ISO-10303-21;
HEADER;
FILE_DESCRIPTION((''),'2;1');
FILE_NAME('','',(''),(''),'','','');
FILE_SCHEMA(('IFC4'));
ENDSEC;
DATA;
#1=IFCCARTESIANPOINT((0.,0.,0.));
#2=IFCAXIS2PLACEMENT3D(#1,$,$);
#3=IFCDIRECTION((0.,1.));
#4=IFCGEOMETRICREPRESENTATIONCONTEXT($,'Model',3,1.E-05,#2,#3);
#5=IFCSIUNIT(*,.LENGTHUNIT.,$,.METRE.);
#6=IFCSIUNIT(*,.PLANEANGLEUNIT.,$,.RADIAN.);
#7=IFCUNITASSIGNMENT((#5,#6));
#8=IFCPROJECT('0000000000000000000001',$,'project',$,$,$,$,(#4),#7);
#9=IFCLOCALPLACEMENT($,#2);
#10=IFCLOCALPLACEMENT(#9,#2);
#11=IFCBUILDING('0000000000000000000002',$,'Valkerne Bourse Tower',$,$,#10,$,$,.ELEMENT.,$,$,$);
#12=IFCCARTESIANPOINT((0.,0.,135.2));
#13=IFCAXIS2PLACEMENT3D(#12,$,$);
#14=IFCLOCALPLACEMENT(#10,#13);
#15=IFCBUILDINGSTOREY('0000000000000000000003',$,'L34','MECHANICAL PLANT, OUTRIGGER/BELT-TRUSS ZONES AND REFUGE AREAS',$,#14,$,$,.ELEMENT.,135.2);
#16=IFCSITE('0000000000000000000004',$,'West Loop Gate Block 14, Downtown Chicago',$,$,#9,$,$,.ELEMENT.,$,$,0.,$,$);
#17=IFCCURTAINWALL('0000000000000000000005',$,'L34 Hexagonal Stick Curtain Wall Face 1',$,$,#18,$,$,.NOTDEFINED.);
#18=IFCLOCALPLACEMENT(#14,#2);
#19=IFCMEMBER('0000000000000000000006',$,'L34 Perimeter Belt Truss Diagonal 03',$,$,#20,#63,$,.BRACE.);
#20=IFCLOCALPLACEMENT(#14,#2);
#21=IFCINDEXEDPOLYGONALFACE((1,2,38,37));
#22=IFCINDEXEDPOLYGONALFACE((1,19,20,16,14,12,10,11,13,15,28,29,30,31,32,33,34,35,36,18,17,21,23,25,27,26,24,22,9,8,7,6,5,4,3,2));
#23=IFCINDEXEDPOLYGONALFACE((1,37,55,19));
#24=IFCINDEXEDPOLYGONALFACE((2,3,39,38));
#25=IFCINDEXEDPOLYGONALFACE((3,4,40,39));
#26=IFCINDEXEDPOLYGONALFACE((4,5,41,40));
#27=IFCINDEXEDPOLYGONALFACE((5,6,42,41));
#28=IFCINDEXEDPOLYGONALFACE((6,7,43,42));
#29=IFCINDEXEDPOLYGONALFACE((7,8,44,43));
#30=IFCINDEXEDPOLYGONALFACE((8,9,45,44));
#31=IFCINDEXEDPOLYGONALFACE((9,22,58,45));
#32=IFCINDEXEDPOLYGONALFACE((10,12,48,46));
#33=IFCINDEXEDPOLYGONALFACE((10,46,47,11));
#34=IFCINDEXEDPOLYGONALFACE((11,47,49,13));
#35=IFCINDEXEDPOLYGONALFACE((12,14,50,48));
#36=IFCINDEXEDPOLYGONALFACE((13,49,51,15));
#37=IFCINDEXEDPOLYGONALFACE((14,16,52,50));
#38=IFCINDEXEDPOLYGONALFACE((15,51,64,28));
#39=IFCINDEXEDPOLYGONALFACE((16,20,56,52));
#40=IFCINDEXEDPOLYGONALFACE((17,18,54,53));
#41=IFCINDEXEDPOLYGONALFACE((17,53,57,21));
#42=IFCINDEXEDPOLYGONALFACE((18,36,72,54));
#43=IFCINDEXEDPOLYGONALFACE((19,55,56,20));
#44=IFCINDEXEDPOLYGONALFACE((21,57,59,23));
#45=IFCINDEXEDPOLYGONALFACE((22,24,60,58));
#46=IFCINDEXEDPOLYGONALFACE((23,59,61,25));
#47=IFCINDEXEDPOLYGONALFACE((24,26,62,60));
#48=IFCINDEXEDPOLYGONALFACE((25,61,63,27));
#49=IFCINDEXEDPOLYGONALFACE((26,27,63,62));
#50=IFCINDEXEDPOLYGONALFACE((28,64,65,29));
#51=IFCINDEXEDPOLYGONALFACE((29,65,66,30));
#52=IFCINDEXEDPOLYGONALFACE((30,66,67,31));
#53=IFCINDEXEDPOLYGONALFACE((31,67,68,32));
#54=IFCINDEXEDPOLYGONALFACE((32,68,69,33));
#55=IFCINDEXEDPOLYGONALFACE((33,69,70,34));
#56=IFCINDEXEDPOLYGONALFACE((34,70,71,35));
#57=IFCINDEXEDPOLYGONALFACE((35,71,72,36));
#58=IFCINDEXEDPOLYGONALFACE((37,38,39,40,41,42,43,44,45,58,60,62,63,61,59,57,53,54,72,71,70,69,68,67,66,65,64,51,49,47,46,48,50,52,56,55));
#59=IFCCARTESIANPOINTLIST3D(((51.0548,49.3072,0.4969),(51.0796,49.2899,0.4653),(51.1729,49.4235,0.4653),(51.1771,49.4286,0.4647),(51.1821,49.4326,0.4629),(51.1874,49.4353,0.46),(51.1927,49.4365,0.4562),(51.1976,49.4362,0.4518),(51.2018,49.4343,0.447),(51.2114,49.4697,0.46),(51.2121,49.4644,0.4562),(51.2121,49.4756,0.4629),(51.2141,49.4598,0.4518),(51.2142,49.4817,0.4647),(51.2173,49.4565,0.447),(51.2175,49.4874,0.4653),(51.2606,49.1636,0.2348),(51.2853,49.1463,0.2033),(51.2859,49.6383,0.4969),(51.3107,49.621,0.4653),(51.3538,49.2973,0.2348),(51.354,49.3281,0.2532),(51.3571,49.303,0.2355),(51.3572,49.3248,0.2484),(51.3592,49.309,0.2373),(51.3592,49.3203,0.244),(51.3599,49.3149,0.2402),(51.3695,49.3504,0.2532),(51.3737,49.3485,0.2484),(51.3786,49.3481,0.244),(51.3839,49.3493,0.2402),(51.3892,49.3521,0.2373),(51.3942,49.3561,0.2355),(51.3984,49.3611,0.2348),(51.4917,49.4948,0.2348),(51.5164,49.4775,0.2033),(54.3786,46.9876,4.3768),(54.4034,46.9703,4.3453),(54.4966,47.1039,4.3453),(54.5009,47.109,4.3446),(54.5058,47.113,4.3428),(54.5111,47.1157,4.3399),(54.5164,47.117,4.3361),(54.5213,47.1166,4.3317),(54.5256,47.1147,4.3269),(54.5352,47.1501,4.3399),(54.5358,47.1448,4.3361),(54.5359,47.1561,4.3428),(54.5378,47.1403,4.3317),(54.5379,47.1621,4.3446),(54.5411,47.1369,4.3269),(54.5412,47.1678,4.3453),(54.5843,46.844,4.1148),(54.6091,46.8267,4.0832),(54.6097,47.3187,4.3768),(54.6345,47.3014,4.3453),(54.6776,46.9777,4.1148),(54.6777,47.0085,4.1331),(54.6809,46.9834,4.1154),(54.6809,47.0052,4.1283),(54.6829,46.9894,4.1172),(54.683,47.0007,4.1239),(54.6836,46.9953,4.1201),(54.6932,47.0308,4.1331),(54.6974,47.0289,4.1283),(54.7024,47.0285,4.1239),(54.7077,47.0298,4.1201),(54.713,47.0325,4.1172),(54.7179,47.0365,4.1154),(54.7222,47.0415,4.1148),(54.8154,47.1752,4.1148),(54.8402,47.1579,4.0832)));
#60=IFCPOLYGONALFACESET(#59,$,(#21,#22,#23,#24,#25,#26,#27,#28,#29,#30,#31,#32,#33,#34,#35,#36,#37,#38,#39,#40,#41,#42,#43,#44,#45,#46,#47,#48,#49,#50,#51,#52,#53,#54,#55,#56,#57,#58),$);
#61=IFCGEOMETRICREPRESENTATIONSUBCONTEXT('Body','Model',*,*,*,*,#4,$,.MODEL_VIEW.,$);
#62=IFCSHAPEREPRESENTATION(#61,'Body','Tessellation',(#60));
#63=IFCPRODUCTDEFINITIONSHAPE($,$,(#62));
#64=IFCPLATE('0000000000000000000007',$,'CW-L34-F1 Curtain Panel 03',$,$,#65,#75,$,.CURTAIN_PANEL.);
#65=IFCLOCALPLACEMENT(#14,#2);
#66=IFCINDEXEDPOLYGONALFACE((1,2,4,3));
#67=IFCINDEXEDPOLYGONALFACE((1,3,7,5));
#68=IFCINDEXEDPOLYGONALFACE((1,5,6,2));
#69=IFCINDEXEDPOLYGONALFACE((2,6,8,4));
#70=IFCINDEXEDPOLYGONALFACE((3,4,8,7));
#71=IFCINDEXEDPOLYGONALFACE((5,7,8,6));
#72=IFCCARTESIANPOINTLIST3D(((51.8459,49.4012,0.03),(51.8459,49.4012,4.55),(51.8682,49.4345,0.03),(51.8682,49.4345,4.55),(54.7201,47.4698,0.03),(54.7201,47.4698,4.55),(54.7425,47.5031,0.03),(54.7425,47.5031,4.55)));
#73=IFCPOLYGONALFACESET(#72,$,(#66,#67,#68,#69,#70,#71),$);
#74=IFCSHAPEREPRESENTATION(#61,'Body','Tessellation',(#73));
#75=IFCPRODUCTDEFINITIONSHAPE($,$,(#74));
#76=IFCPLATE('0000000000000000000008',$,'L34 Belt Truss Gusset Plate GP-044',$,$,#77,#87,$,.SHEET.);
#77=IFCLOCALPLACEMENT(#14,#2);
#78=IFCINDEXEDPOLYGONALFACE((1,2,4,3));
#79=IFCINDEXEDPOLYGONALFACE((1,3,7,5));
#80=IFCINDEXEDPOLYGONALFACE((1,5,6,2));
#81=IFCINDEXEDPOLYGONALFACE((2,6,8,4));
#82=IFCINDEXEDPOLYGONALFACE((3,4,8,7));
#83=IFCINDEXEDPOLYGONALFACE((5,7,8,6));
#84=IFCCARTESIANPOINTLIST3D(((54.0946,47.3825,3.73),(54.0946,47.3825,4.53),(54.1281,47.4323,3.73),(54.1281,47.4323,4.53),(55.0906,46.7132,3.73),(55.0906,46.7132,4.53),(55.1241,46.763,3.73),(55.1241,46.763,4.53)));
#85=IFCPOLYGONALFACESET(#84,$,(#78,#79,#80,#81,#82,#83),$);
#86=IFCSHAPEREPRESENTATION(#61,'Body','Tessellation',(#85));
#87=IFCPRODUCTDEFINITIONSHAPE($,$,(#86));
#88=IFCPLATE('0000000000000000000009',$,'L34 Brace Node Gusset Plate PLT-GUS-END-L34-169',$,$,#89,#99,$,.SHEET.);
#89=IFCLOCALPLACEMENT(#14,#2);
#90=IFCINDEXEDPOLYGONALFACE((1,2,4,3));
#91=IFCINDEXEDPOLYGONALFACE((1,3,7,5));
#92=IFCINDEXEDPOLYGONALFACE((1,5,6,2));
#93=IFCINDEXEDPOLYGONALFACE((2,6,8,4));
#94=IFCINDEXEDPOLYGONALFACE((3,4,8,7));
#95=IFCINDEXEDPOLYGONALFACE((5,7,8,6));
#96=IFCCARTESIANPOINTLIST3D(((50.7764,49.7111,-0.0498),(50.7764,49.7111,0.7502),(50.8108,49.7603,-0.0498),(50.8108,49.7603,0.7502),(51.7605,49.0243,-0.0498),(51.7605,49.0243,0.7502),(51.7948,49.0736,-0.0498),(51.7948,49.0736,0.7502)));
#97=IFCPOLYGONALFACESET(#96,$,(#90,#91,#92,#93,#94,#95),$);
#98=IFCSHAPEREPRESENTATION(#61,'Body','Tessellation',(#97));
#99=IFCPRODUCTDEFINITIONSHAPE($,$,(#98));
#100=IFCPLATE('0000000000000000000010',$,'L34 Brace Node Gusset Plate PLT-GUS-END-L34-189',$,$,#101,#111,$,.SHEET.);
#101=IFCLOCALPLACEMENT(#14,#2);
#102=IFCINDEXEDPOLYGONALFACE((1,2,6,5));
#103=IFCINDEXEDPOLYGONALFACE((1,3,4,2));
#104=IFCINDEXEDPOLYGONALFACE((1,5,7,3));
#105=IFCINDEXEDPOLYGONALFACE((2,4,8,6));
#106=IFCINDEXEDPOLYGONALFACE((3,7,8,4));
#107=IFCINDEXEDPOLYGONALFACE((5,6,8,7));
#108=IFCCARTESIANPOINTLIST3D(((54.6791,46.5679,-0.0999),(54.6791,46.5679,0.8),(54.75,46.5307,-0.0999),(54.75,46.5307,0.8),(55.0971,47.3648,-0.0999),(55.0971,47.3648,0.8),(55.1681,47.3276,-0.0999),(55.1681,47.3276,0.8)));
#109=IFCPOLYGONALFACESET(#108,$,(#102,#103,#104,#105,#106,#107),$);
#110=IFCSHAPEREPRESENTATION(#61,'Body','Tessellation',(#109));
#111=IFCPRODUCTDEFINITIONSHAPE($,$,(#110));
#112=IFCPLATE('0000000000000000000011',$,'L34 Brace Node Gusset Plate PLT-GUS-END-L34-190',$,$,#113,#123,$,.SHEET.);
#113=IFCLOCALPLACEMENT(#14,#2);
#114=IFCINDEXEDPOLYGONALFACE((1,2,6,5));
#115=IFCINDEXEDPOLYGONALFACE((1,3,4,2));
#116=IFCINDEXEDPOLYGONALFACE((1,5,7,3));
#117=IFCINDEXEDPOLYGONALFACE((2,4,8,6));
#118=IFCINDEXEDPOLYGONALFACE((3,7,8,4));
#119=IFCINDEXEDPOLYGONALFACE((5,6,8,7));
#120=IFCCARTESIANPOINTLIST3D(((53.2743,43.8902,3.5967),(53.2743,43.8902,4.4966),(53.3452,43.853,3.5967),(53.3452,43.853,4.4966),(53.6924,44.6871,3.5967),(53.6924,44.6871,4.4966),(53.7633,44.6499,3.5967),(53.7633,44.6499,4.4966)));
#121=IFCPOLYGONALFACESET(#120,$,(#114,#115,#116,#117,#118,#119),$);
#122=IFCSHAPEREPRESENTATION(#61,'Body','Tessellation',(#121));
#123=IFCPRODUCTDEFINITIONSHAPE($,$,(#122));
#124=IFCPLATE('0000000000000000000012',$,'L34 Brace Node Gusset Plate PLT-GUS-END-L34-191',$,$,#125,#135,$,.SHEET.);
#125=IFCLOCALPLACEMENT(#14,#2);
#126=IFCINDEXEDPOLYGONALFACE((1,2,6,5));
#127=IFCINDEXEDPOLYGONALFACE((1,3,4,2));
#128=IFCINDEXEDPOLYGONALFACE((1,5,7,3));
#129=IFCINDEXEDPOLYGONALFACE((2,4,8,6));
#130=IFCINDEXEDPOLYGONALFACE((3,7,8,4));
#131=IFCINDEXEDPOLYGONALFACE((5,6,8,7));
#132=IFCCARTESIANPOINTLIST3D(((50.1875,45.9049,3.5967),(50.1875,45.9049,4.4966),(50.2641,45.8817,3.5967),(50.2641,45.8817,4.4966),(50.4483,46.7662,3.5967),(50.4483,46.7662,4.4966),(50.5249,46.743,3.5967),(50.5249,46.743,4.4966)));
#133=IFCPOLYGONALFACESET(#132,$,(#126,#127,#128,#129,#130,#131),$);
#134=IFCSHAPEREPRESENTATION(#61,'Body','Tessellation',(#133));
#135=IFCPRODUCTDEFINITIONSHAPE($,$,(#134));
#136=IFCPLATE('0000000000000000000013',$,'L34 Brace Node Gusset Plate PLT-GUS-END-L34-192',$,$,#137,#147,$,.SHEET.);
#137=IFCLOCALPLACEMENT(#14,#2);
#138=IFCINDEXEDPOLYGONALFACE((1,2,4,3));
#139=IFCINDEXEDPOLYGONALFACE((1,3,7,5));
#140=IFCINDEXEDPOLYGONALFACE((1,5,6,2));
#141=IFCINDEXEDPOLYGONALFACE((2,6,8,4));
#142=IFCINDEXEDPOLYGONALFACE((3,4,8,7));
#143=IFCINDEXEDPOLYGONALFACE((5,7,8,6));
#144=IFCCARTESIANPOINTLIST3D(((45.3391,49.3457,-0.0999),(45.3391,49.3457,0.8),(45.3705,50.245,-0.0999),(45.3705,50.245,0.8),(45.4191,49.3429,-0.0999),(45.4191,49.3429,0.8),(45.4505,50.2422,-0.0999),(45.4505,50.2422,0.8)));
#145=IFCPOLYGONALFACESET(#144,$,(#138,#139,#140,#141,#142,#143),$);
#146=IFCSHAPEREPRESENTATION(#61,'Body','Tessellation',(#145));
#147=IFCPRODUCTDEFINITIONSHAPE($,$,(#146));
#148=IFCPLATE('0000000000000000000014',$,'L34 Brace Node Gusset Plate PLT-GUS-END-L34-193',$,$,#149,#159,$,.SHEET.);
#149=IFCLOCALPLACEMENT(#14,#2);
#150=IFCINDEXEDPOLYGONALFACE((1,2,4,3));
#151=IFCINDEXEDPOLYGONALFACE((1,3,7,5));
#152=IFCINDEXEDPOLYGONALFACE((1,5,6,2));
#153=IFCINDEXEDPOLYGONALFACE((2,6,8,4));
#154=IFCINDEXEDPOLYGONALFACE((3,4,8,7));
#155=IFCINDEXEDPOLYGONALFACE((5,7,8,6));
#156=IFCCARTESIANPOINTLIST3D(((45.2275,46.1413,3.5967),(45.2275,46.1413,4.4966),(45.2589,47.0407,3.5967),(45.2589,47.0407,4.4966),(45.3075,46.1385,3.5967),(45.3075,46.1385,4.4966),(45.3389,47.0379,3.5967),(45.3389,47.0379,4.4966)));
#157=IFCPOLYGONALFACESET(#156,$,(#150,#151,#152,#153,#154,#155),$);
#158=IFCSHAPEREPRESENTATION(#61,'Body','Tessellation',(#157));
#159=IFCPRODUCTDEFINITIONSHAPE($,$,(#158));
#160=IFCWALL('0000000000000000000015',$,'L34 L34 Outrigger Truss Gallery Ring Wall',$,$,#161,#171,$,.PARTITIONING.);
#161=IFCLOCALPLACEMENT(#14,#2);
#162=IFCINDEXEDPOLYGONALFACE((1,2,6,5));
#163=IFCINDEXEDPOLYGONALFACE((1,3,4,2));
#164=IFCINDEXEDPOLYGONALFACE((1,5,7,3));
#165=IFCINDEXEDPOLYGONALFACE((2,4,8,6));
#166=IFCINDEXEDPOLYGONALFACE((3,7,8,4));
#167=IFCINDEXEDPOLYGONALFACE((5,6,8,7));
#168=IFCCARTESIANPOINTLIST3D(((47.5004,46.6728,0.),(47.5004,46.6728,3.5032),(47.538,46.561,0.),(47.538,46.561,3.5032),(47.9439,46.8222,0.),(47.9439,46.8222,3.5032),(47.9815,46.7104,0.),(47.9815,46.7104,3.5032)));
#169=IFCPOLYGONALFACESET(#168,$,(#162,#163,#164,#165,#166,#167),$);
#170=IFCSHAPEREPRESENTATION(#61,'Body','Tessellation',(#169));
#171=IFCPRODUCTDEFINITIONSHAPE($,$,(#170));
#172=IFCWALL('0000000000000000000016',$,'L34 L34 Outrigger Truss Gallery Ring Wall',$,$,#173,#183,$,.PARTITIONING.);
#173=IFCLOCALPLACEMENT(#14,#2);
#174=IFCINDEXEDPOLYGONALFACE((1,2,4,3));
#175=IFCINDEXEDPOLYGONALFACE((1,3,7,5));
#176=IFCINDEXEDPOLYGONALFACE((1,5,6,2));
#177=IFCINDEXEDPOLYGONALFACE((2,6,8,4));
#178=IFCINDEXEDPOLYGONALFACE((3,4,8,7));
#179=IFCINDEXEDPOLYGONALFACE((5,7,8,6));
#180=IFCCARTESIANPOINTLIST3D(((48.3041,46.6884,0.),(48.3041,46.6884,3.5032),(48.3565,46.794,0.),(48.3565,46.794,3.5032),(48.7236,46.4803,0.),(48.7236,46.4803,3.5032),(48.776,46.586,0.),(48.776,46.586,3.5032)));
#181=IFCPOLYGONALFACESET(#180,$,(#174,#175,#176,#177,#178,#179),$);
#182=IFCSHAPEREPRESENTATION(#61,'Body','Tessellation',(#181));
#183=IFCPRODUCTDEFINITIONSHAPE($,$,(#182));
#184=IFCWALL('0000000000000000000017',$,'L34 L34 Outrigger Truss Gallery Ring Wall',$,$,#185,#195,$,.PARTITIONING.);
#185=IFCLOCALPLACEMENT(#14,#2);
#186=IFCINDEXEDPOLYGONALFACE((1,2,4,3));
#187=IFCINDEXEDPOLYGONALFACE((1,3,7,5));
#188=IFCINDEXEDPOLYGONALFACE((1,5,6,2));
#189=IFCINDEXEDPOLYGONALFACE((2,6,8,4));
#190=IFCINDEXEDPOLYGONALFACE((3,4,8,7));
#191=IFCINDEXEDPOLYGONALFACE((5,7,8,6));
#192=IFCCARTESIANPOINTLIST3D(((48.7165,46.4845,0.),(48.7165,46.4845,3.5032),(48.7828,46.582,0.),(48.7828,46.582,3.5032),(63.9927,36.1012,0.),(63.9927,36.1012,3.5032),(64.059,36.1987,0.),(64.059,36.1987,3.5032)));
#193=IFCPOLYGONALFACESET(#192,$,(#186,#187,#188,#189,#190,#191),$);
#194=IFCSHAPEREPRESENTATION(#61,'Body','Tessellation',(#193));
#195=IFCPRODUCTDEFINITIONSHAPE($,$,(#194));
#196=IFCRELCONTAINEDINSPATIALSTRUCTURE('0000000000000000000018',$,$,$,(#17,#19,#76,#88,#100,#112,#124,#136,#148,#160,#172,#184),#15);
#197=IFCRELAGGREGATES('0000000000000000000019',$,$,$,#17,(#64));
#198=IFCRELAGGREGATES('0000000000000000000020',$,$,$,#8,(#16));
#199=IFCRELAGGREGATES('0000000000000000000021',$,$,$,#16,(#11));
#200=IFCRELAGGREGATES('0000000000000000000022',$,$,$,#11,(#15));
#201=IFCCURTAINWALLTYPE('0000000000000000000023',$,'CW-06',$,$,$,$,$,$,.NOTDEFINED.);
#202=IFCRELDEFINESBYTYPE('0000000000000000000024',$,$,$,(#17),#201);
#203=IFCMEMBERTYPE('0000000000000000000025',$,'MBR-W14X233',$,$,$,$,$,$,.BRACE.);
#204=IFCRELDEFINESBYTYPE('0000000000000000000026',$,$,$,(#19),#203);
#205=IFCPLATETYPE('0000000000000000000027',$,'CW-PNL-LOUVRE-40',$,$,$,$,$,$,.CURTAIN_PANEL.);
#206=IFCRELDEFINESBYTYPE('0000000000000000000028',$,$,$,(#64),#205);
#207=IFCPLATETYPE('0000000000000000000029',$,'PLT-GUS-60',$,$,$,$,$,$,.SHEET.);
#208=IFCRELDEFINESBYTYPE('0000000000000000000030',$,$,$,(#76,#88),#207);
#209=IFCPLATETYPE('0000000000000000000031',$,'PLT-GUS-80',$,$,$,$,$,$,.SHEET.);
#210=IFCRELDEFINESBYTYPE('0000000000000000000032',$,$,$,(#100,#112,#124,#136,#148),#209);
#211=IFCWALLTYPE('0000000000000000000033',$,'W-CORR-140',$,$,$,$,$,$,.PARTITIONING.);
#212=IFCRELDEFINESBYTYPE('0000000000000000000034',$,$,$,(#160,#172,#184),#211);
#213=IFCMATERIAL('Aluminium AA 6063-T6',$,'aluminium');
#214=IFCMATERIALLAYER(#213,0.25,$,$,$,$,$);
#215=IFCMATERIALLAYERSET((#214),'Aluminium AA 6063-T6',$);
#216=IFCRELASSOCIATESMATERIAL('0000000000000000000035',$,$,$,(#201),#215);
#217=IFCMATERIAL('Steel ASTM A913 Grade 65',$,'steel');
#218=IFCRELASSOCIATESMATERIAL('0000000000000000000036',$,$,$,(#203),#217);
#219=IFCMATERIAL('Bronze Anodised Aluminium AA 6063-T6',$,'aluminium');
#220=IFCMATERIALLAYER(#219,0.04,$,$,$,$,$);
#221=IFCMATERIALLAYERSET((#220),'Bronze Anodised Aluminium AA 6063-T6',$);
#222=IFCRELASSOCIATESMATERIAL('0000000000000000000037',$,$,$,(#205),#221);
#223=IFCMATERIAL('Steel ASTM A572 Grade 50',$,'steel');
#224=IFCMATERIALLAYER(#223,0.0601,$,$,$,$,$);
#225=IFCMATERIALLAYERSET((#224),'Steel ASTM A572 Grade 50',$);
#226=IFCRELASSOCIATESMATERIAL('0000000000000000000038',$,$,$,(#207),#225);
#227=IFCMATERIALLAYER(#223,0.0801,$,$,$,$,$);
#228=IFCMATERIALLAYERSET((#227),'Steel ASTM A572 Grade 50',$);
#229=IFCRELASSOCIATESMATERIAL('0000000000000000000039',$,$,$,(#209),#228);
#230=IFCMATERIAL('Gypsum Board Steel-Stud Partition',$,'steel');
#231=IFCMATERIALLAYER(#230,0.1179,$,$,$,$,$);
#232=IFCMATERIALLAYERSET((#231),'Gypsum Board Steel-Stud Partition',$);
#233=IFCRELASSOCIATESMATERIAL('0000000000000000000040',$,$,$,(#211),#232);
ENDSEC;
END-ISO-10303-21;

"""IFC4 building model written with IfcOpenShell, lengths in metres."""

from ifc_helpers import new_model, si_unit, direction, frame, frame_2d, origin, origin_2d, place, context, subcontext, project, spatial, rectangle, i_section, extrude, material, layer, layer_set, material_profile, profile_set, type_object, element, aggregate, save


model = new_model("IFC4")

# Units and contexts
model_context = context("Model", 3, precision=1e-05, world=origin(), true_north=direction((0.0, 1.0)))
body_context = subcontext(model_context, "Body", "Model", "MODEL_VIEW")
ifc_project = project(units=[si_unit("LENGTHUNIT", "METRE"), si_unit("PLANEANGLEUNIT", "RADIAN")], contexts=[model_context])

# Site, building, storey
site_placement = place(None, origin())
site = spatial("IfcSite", under=ifc_project, at=site_placement, Name="West Loop Gate Block 14, Downtown Chicago", CompositionType="ELEMENT", RefElevation=0.0)
building_placement = place(site_placement, origin())
building = spatial("IfcBuilding", under=site, at=building_placement, Name="Valkerne Bourse Tower", CompositionType="ELEMENT")
storey_placement = place(building_placement, frame((0.0, 0.0, 135.2)))
storey = spatial("IfcBuildingStorey", under=building, at=storey_placement, Name="L34", Description="MECHANICAL PLANT, OUTRIGGER/BELT-TRUSS ZONES AND REFUGE AREAS", CompositionType="ELEMENT", Elevation=135.2)

# Shared definitions
ifc_material_1 = material(Name="Steel ASTM A913 Grade 65", Category="steel")

# Curtain wall
ifc_material_2 = material(Name="Aluminium AA 6063-T6", Category="aluminium")
ifc_layer_1 = layer(ifc_material_2, 0.25)
ifc_layer_set_1 = layer_set([ifc_layer_1], Name="Aluminium AA 6063-T6")
curtain_wall_type = type_object("IfcCurtainWallType", Name="CW-06", PredefinedType="NOTDEFINED", material=ifc_layer_set_1)
curtain_wall_1_placement = place(storey_placement, origin())
curtain_wall_1 = element("IfcCurtainWall", 1, at=curtain_wall_1_placement, inside=storey, type_object=curtain_wall_type, Name="L34 Hexagonal Stick Curtain Wall Face 1", PredefinedType="NOTDEFINED")

# Member
ifc_material_profile_1 = material_profile(ifc_material_1, i_section(OverallWidth=0.4038, OverallDepth=0.4065, WebThickness=0.0271, FlangeThickness=0.0437, FilletRadius=0.0254, at=origin_2d()), Name="W14X233")
ifc_profile_set_1 = profile_set([ifc_material_profile_1], Name="Steel ASTM A913 Grade 65")
member_type_1 = type_object("IfcMemberType", Name="MBR-W14X233", PredefinedType="BRACE", material=ifc_profile_set_1)
member_1_placement = place(storey_placement, frame((51.2856, 49.3923, 0.3501), z_axis=(0.59238, -0.413413, 0.691502), x_axis=(0.572297, 0.820046, 0.0)))
element("IfcMember", 2, at=member_1_placement, inside=storey, type_object=member_type_1, Name="L34 Perimeter Belt Truss Diagonal 03", PredefinedType="BRACE", context=body_context, shape_type="SweptSolid", body=[
    extrude(i_section(OverallWidth=0.4038, OverallDepth=0.4065, WebThickness=0.0271, FlangeThickness=0.0437, FilletRadius=0.0254, at=origin_2d()), origin(), (0.0, 0.0, 1.0), 5.6108),
])

# Plate
ifc_material_3 = material(Name="Bronze Anodised Aluminium AA 6063-T6", Category="aluminium")
ifc_layer_2 = layer(ifc_material_3, 0.04)
ifc_layer_set_2 = layer_set([ifc_layer_2], Name="Bronze Anodised Aluminium AA 6063-T6")
plate_type_1 = type_object("IfcPlateType", Name="CW-PNL-LOUVRE-40", PredefinedType="CURTAIN_PANEL", material=ifc_layer_set_2)
plate_placement = place(storey_placement, frame((53.2942, 48.4521, 0.03), z_axis=(0.0, 0.0, 1.0), x_axis=(-0.830009, 0.55775, 0.0)))
plate = element("IfcPlate", 3, at=plate_placement, type_object=plate_type_1, Name="CW-L34-F1 Curtain Panel 03", PredefinedType="CURTAIN_PANEL", context=body_context, shape_type="SweptSolid", body=[
    extrude(rectangle(XDim=3.4629, YDim=0.04, at=origin_2d()), origin(), (0.0, 0.0, 1.0), 4.52),
])
aggregate(curtain_wall_1, [plate])

# Plates
ifc_material_4 = material(Name="Steel ASTM A572 Grade 50", Category="steel")
ifc_layer_3 = layer(ifc_material_4, 0.0601)
ifc_layer_set_3 = layer_set([ifc_layer_3], Name="Steel ASTM A572 Grade 50")
plate_type_2 = type_object("IfcPlateType", Name="PLT-GUS-60", PredefinedType="SHEET", material=ifc_layer_set_3)
for number, where, z_axis, x_axis, name in (
    (4, (54.6094, 47.0728, 3.73), (0.0, 0.0, 1.0), (-0.830012, 0.557745, 0.0), "L34 Belt Truss Gusset Plate GP-044"),
    (5, (51.2856, 49.3923, -0.0498), (0.0, 0.0, 1.0), (0.820052, -0.572289, 0.0), "L34 Brace Node Gusset Plate PLT-GUS-END-L34-169"),
):
    element("IfcPlate", number, at=place(storey_placement, frame(where, z_axis=z_axis, x_axis=x_axis)), inside=storey, type_object=plate_type_2, Name=name, PredefinedType="SHEET", context=body_context, shape_type="SweptSolid", body=[
        extrude(rectangle(XDim=1.2, YDim=0.0601, at=origin_2d()), origin(), (0.0, 0.0, 1.0), 0.8),
    ])
ifc_layer_4 = layer(ifc_material_4, 0.0801)
ifc_layer_set_4 = layer_set([ifc_layer_4], Name="Steel ASTM A572 Grade 50")
plate_type_3 = type_object("IfcPlateType", Name="PLT-GUS-80", PredefinedType="SHEET", material=ifc_layer_set_4)
for number, where, z_axis, x_axis, name in (
    (6, (54.9236, 46.9478, -0.0999), (0.0, 0.0, 1.0), (-0.464533, -0.885556, 0.0), "L34 Brace Node Gusset Plate PLT-GUS-END-L34-189"),
    (7, (53.5188, 44.27, 3.5967), (0.0, 0.0, 1.0), (-0.464533, -0.885556, 0.0), "L34 Brace Node Gusset Plate PLT-GUS-END-L34-190"),
    (8, (50.3562, 46.324, 3.5967), (0.0, 0.0, 1.0), (-0.289867, -0.957067, 0.0), "L34 Brace Node Gusset Plate PLT-GUS-END-L34-191"),
    (9, (45.3948, 49.7939, -0.0999), (0.0, 0.0, 1.0), (-0.034899, -0.999391, 0.0), "L34 Brace Node Gusset Plate PLT-GUS-END-L34-192"),
    (10, (45.2832, 46.5896, 3.5967), (0.0, 0.0, 1.0), (-0.034899, -0.999391, 0.0), "L34 Brace Node Gusset Plate PLT-GUS-END-L34-193"),
):
    element("IfcPlate", number, at=place(storey_placement, frame(where, z_axis=z_axis, x_axis=x_axis)), inside=storey, type_object=plate_type_3, Name=name, PredefinedType="SHEET", context=body_context, shape_type="SweptSolid", body=[
        extrude(rectangle(XDim=0.8999, YDim=0.0801, at=origin_2d()), origin(), (0.0, 0.0, 1.0), 0.8999),
    ])

# Walls
ifc_material_5 = material(Name="Gypsum Board Steel-Stud Partition", Category="steel")
ifc_layer_5 = layer(ifc_material_5, 0.1179)
ifc_layer_set_5 = layer_set([ifc_layer_5], Name="Gypsum Board Steel-Stud Partition")
wall_type = type_object("IfcWallType", Name="W-CORR-140", PredefinedType="PARTITIONING", material=ifc_layer_set_5)
wall_1_placement = place(storey_placement, frame((47.5193, 46.6169, 0.0), z_axis=(0.0, 0.0, 1.0), x_axis=(0.947688, 0.319199, 0.0)))
element("IfcWall", 11, at=wall_1_placement, inside=storey, type_object=wall_type, Name="L34 L34 Outrigger Truss Gallery Ring Wall", PredefinedType="PARTITIONING", context=body_context, shape_type="SweptSolid", body=[
    extrude(rectangle(XDim=0.468, YDim=0.1179, at=frame_2d((0.2339, 0.0))), origin(), (0.0, 0.0, 1.0), 3.5032),
])
wall_2_placement = place(storey_placement, frame((48.3303, 46.7412, 0.0), z_axis=(0.0, 0.0, 1.0), x_axis=(0.895883, -0.444291, 0.0)))
element("IfcWall", 12, at=wall_2_placement, inside=storey, type_object=wall_type, Name="L34 L34 Outrigger Truss Gallery Ring Wall", PredefinedType="PARTITIONING", context=body_context, shape_type="SweptSolid", body=[
    extrude(rectangle(XDim=0.4683, YDim=0.1179, at=frame_2d((0.2341, 0.0))), origin(), (0.0, 0.0, 1.0), 3.5032),
])
wall_3_placement = place(storey_placement, frame((48.7498, 46.5332, 0.0), z_axis=(0.0, 0.0, 1.0), x_axis=(0.827039, -0.562145, 0.0)))
element("IfcWall", 13, at=wall_3_placement, inside=storey, type_object=wall_type, Name="L34 L34 Outrigger Truss Gallery Ring Wall", PredefinedType="PARTITIONING", context=body_context, shape_type="SweptSolid", body=[
    extrude(rectangle(XDim=18.4709, YDim=0.1179, at=frame_2d((9.2354, 0.0))), origin(), (0.0, 0.0, 1.0), 3.5032),
])

save(model, "model.ifc")
